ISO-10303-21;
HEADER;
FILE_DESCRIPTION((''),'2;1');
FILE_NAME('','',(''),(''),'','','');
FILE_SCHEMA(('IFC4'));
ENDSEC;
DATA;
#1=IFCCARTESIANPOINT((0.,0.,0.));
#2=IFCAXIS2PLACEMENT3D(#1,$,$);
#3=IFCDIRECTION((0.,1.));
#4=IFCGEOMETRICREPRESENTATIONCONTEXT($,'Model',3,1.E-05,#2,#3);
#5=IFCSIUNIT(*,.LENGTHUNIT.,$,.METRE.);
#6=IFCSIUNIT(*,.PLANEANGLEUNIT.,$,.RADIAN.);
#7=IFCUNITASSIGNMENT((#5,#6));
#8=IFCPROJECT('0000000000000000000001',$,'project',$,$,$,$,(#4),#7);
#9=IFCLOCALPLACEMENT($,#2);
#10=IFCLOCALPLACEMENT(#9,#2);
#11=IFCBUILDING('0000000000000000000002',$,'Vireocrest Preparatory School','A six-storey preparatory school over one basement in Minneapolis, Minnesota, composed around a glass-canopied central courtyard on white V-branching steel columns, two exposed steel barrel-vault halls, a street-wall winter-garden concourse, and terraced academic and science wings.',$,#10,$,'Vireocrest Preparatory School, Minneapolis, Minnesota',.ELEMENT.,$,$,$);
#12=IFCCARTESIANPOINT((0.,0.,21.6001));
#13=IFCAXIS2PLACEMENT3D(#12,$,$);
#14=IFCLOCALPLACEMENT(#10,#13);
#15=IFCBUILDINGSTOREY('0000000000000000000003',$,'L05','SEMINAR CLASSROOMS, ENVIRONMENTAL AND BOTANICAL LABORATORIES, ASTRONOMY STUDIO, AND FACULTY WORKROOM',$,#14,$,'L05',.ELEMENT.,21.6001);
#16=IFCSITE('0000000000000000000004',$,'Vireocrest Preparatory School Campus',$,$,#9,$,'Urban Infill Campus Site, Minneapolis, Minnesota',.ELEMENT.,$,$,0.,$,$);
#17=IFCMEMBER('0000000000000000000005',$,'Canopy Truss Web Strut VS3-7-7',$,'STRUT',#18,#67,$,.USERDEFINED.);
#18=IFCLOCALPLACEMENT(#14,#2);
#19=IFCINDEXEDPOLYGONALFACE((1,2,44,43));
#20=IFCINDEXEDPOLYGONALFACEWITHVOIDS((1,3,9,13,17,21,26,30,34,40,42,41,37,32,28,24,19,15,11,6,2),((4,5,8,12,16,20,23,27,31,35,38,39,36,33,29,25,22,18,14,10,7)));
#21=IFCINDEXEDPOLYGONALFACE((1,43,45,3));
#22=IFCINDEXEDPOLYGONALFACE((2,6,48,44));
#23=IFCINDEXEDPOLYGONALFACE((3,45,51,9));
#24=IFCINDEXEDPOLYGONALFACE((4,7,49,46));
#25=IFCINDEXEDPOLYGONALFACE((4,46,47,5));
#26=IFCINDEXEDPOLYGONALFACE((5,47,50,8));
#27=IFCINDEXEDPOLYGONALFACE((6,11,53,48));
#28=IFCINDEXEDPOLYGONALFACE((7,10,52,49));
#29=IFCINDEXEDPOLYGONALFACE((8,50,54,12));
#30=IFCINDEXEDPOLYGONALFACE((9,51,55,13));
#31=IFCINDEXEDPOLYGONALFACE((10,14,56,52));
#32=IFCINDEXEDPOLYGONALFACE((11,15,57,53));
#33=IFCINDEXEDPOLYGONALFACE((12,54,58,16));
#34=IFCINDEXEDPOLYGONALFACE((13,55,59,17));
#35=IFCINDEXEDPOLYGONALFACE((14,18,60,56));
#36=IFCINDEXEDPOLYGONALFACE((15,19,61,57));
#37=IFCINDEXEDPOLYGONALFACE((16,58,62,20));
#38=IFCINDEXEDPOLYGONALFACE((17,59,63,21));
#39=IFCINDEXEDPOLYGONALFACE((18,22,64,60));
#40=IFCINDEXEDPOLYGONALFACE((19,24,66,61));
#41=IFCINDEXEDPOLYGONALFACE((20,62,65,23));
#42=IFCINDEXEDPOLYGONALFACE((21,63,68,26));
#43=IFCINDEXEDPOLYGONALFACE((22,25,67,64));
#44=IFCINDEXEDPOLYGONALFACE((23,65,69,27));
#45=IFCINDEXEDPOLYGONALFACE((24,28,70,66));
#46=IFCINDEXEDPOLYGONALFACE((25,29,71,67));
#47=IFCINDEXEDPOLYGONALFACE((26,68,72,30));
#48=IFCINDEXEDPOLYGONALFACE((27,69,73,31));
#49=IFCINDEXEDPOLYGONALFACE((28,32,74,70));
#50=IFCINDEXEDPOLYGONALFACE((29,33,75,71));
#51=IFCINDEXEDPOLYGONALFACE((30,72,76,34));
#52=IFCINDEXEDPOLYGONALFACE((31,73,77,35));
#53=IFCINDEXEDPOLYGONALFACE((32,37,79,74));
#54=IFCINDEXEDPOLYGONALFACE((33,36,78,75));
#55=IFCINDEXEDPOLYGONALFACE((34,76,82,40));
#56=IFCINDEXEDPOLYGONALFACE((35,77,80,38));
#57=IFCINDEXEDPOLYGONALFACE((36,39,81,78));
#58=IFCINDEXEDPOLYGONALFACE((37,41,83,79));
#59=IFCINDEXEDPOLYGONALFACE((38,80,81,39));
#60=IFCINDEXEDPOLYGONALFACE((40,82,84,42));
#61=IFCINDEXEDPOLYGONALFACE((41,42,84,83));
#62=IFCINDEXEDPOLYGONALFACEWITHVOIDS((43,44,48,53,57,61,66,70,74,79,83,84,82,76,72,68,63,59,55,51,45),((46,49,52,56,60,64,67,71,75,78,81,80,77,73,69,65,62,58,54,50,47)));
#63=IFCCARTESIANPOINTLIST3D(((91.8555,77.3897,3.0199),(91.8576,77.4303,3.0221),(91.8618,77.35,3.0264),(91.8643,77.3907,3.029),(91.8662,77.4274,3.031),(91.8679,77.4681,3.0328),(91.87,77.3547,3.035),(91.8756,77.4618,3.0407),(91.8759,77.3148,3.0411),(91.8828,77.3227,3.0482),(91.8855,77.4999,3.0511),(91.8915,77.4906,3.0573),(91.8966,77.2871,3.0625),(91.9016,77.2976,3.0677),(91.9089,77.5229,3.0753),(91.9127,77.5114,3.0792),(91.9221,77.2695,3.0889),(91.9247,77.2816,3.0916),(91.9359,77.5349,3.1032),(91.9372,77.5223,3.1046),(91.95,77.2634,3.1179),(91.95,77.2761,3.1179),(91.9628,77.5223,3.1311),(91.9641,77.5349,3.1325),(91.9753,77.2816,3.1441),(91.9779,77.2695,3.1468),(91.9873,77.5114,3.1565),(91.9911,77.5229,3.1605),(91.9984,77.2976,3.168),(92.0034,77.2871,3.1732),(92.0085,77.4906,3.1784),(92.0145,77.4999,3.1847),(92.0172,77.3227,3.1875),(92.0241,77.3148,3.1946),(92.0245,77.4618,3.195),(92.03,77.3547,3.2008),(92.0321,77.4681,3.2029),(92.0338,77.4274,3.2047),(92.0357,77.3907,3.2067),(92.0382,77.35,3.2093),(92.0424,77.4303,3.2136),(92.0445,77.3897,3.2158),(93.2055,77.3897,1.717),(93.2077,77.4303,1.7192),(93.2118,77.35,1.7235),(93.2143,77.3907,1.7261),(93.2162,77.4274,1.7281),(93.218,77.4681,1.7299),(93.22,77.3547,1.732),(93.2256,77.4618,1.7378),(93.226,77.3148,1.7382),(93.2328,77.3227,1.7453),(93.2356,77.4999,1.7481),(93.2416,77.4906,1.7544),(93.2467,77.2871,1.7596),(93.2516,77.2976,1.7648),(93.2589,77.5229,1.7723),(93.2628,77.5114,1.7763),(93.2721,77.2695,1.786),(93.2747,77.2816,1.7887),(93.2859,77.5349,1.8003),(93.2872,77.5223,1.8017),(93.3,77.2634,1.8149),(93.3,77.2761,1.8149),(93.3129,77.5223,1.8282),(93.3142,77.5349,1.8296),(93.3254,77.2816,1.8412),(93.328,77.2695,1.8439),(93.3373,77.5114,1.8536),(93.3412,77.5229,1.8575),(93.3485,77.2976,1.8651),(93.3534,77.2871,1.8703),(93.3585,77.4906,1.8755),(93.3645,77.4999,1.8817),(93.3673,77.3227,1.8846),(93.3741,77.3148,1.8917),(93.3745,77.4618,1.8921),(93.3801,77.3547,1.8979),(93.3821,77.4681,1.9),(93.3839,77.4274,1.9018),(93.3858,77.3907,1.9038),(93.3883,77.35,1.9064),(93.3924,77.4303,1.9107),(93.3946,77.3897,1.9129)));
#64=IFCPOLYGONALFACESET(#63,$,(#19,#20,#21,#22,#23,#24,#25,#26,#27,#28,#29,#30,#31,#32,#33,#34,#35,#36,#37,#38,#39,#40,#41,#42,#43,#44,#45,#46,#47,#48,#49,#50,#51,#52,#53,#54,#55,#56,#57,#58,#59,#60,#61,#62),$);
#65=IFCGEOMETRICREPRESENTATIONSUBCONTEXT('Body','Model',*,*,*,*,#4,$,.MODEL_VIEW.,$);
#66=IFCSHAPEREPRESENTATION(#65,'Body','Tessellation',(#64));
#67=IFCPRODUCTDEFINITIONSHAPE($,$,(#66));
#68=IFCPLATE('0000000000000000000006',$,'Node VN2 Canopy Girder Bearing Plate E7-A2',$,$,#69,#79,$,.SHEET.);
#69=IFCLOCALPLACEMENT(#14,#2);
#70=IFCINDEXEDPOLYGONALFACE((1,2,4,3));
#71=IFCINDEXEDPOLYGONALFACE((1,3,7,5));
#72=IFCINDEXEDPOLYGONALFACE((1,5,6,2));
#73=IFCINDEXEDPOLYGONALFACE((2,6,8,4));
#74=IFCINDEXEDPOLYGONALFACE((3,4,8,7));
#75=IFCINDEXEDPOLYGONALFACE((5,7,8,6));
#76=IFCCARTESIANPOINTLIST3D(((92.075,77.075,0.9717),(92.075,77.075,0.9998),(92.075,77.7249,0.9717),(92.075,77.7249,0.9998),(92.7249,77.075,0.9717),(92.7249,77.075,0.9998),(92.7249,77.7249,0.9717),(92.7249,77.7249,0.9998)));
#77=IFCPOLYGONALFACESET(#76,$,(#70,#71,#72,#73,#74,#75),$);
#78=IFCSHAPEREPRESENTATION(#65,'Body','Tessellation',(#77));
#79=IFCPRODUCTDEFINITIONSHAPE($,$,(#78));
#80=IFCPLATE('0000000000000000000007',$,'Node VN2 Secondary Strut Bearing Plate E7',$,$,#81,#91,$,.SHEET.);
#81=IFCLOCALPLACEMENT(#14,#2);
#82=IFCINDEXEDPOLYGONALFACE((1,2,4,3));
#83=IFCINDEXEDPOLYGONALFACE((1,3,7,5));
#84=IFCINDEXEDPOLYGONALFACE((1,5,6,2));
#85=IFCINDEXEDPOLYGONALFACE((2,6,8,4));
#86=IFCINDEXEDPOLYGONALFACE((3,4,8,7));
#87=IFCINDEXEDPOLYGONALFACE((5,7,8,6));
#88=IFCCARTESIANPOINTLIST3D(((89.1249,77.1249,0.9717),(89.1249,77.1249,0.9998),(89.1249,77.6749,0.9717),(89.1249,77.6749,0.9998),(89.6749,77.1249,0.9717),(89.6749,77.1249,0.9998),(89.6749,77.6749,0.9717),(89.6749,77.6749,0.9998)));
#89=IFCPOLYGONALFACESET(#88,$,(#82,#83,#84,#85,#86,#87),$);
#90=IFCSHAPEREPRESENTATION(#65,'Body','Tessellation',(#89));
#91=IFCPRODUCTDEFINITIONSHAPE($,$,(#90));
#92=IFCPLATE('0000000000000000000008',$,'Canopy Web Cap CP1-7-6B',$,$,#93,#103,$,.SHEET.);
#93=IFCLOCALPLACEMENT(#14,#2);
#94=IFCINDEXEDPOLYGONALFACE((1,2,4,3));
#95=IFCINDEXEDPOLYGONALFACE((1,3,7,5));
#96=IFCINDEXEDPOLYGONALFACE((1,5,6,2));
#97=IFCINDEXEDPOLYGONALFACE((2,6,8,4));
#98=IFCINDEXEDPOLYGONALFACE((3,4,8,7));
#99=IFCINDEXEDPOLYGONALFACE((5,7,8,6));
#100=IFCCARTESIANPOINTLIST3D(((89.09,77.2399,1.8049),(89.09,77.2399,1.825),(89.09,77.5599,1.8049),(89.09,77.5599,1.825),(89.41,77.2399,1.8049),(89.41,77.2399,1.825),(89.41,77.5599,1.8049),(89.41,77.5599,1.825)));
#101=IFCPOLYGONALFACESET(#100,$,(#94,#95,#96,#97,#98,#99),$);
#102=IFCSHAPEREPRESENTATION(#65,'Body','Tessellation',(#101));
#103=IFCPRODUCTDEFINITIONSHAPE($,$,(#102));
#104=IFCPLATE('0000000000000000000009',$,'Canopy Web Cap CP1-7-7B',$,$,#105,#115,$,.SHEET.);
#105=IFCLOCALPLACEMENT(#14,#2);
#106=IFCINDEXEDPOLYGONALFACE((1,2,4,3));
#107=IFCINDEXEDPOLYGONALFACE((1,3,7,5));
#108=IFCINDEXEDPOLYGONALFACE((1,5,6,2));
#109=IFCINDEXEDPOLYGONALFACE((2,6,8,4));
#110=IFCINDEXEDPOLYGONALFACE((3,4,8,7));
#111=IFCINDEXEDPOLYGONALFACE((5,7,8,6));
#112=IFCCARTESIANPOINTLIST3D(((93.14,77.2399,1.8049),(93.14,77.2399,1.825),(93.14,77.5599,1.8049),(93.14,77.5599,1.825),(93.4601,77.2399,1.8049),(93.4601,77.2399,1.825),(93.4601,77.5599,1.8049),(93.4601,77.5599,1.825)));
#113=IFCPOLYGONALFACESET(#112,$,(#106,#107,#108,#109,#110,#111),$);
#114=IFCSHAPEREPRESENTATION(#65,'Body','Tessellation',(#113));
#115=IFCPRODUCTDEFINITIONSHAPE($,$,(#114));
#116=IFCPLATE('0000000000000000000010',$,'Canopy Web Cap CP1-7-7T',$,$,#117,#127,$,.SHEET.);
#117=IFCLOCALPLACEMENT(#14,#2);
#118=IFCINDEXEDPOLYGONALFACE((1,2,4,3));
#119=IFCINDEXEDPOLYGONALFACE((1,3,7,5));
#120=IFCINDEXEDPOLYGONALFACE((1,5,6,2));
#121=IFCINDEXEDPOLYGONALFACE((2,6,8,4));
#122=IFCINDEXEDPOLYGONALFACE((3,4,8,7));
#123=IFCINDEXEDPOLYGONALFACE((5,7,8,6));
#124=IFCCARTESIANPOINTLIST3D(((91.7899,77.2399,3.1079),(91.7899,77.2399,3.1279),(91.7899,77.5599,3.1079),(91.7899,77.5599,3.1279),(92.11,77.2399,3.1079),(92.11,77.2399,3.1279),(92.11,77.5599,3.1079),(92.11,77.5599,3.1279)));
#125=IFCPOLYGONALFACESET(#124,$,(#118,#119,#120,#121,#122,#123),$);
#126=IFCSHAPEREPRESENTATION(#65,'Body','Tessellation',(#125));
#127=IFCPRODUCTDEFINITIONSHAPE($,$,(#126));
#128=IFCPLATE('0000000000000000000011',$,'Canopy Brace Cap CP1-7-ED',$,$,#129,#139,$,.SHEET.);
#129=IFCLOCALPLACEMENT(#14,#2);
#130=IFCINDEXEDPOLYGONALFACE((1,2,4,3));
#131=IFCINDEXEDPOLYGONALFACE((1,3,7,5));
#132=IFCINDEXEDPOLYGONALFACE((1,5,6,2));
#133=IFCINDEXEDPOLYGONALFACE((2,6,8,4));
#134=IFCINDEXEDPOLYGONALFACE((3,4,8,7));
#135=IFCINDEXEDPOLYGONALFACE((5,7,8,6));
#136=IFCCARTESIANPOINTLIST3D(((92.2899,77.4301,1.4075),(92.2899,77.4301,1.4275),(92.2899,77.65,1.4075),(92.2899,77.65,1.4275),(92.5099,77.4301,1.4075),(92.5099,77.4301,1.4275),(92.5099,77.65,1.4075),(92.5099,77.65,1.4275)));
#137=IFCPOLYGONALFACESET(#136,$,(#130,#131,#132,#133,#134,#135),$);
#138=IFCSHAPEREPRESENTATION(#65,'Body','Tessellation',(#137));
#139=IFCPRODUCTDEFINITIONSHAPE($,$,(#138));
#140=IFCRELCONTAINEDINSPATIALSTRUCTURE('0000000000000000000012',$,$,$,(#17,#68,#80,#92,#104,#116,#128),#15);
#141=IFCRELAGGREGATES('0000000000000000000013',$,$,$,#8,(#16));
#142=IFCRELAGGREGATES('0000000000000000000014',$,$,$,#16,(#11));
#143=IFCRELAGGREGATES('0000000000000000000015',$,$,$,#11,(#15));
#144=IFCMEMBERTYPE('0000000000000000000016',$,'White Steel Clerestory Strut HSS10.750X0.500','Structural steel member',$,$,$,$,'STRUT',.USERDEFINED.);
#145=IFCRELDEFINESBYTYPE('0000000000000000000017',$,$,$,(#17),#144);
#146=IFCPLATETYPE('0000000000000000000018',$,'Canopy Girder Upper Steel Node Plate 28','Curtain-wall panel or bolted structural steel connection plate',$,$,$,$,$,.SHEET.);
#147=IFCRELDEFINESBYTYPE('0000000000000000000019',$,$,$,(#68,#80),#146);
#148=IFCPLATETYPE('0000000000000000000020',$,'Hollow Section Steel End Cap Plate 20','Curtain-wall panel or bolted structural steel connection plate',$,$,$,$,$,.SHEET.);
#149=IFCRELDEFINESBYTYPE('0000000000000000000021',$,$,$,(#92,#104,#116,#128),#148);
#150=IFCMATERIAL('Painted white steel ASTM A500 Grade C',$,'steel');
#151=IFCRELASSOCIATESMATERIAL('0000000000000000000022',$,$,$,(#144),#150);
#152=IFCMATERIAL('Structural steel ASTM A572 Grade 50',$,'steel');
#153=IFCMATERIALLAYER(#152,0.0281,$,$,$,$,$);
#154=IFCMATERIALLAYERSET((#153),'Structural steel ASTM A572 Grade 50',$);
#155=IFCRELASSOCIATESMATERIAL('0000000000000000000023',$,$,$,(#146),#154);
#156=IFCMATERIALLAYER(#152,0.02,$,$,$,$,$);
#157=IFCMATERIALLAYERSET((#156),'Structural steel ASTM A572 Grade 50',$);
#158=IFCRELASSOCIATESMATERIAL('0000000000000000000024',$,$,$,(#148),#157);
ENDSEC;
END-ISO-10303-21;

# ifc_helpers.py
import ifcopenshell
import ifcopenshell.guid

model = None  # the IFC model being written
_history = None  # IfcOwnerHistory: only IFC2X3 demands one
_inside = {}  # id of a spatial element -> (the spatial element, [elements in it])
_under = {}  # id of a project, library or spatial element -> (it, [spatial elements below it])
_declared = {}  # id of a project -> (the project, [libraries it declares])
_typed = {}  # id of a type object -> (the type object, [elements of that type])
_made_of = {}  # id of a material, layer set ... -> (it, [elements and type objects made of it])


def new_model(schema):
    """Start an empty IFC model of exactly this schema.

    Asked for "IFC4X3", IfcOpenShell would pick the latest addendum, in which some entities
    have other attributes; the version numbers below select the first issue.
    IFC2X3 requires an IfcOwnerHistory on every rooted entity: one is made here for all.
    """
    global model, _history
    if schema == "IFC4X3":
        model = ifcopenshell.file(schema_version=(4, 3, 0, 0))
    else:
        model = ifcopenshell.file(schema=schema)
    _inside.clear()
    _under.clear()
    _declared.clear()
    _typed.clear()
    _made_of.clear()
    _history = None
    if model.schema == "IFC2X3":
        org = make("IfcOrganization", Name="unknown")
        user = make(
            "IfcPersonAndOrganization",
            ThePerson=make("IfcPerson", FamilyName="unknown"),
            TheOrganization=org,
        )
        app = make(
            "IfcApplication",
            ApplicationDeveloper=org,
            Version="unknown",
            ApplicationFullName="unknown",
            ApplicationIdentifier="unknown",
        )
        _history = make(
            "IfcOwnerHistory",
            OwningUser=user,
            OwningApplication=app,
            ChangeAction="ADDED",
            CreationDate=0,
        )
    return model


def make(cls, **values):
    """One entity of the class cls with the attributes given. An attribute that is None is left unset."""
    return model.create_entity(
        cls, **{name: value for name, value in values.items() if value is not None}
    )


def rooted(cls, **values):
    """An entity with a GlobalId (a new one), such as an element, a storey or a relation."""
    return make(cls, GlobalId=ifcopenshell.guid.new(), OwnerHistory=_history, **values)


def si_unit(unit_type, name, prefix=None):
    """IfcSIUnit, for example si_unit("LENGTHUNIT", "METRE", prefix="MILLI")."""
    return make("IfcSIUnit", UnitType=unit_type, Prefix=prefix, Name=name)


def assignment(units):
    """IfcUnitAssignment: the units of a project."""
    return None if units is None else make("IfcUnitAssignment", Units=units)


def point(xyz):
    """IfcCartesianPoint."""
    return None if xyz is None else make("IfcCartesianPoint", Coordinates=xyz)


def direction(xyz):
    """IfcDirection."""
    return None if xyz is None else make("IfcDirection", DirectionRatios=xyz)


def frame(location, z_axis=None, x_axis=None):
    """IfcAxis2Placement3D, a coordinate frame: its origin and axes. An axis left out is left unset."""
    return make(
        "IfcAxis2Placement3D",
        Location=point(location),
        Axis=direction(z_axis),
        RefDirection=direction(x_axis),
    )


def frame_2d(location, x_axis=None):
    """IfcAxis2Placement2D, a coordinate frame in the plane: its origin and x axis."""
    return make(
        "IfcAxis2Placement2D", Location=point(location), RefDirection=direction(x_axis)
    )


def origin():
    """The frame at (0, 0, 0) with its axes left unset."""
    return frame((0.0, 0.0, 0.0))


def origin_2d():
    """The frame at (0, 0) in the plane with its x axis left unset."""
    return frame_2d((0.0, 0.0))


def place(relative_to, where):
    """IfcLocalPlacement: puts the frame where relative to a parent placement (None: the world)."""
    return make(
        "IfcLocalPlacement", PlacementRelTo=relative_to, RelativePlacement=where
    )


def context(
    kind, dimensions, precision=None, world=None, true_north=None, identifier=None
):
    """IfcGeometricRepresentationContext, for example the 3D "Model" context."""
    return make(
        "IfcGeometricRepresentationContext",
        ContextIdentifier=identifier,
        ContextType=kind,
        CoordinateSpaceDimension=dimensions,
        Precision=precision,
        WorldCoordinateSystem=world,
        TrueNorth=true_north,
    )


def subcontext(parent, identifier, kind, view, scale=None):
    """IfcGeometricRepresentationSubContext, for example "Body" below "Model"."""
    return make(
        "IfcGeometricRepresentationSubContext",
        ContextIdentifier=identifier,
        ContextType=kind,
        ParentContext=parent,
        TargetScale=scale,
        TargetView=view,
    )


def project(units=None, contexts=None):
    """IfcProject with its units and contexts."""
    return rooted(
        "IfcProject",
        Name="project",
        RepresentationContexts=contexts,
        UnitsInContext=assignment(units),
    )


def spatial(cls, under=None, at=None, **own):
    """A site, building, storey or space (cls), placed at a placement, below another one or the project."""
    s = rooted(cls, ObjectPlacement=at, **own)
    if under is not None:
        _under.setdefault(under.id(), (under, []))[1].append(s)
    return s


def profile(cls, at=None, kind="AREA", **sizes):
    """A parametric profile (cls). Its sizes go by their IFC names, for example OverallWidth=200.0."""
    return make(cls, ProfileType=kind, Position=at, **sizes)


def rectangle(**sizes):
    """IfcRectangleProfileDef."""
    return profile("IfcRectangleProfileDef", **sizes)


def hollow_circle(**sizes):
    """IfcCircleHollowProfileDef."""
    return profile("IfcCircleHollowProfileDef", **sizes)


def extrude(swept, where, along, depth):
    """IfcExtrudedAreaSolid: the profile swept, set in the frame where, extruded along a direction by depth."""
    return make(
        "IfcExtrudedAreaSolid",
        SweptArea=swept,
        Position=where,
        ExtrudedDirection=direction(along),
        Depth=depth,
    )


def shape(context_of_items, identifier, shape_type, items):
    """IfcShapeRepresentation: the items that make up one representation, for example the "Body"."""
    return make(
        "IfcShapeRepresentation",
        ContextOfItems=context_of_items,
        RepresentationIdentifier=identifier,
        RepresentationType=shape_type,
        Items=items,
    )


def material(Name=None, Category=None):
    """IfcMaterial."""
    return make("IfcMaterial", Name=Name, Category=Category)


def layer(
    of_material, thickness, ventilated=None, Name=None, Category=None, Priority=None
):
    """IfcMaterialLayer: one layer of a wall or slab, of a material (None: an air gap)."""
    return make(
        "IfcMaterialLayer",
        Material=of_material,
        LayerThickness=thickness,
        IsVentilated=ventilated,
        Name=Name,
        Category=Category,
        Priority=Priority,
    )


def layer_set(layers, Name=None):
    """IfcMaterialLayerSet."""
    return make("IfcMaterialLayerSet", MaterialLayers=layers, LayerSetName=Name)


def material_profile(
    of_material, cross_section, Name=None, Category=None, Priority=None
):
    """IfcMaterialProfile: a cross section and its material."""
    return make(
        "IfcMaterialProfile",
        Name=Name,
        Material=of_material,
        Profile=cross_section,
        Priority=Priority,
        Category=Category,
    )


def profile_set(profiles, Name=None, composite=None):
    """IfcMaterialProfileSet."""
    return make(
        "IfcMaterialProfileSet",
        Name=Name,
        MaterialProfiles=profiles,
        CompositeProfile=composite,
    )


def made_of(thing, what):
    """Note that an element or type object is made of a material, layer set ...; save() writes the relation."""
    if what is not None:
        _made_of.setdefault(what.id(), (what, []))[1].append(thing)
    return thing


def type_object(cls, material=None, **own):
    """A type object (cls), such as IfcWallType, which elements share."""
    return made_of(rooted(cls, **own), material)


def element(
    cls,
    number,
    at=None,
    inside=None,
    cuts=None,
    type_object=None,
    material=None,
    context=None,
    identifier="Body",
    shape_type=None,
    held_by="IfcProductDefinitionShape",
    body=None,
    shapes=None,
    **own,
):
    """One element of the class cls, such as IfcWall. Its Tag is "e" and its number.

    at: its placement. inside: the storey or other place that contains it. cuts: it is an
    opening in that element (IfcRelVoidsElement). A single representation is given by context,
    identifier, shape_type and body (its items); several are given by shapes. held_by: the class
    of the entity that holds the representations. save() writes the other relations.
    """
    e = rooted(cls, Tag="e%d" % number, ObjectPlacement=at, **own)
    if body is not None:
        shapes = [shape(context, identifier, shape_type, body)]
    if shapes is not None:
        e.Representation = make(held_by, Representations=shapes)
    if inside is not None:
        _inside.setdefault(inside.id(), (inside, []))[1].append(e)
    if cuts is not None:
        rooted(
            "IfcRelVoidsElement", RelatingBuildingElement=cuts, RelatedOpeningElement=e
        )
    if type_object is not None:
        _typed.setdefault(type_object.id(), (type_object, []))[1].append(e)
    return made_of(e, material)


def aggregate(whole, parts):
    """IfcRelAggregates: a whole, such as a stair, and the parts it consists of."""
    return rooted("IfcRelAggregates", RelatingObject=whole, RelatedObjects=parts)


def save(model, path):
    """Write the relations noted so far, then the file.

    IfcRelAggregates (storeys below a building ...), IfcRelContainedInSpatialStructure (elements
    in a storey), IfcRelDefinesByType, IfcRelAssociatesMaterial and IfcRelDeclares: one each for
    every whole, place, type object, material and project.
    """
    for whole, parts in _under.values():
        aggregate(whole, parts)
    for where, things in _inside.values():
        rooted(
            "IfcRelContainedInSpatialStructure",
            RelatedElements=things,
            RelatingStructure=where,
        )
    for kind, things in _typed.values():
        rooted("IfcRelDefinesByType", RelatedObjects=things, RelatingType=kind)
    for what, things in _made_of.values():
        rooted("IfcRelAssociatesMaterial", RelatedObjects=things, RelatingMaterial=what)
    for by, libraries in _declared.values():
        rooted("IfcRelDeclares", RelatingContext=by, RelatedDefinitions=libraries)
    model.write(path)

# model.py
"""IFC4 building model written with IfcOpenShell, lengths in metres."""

from ifc_helpers import new_model, si_unit, direction, frame, origin, origin_2d, place, context, subcontext, project, spatial, rectangle, hollow_circle, extrude, material, layer, layer_set, material_profile, profile_set, type_object, element, save


model = new_model("IFC4")

# Units and contexts
model_context = context("Model", 3, precision=1e-05, world=origin(), true_north=direction((0.0, 1.0)))
body_context = subcontext(model_context, "Body", "Model", "MODEL_VIEW")
ifc_project = project(units=[si_unit("LENGTHUNIT", "METRE"), si_unit("PLANEANGLEUNIT", "RADIAN")], contexts=[model_context])

# Site, building, storey
site_placement = place(None, origin())
site = spatial("IfcSite", under=ifc_project, at=site_placement, Name="Vireocrest Preparatory School Campus", LongName="Urban Infill Campus Site, Minneapolis, Minnesota", CompositionType="ELEMENT", RefElevation=0.0)
building_placement = place(site_placement, origin())
building = spatial("IfcBuilding", under=site, at=building_placement, Name="Vireocrest Preparatory School", Description="A six-storey preparatory school over one basement in Minneapolis, Minnesota, composed around a glass-canopied central courtyard on white V-branching steel columns, two exposed steel barrel-vault halls, a street-wall winter-garden concourse, and terraced academic and science wings.", LongName="Vireocrest Preparatory School, Minneapolis, Minnesota", CompositionType="ELEMENT")
storey_placement = place(building_placement, frame((0.0, 0.0, 21.6001)))
storey = spatial("IfcBuildingStorey", under=building, at=storey_placement, Name="L05", Description="SEMINAR CLASSROOMS, ENVIRONMENTAL AND BOTANICAL LABORATORIES, ASTRONOMY STUDIO, AND FACULTY WORKROOM", LongName="L05", CompositionType="ELEMENT", Elevation=21.6001)

# Shared definitions
ifc_material_1 = material(Name="Painted white steel ASTM A500 Grade C", Category="steel")

# Member
ifc_material_profile_1 = material_profile(ifc_material_1, hollow_circle(Radius=0.1365, WallThickness=0.0127, at=origin_2d()), Name="HSS10.750X0.500")
ifc_profile_set_1 = profile_set([ifc_material_profile_1], Name="Painted white steel ASTM A500 Grade C")
member_type_1 = type_object("IfcMemberType", Name="White Steel Clerestory Strut HSS10.750X0.500", Description="Structural steel member", ElementType="STRUT", PredefinedType="USERDEFINED", material=ifc_profile_set_1)
member_1_placement = place(storey_placement, frame((93.3, 77.3999, 1.8149), z_axis=(-0.719552, 0.0, 0.694439), x_axis=(0.0, -1.0, 0.0)))
element("IfcMember", 1, at=member_1_placement, inside=storey, type_object=member_type_1, Name="Canopy Truss Web Strut VS3-7-7", ObjectType="STRUT", PredefinedType="USERDEFINED", context=body_context, shape_type="SweptSolid", body=[
    extrude(hollow_circle(Radius=0.1365, WallThickness=0.0127, at=origin_2d()), origin(), (0.0, 0.0, 1.0), 1.8762),
])

# Plates
ifc_material_2 = material(Name="Structural steel ASTM A572 Grade 50", Category="steel")
ifc_layer_1 = layer(ifc_material_2, 0.0281)
ifc_layer_set_1 = layer_set([ifc_layer_1], Name="Structural steel ASTM A572 Grade 50")
plate_type_1 = type_object("IfcPlateType", Name="Canopy Girder Upper Steel Node Plate 28", Description="Curtain-wall panel or bolted structural steel connection plate", PredefinedType="SHEET", material=ifc_layer_set_1)
plate_1_placement = place(storey_placement, frame((92.3999, 77.3999, 0.9717), z_axis=(0.0, 0.0, 1.0), x_axis=(1.0, 0.0, 0.0)))
element("IfcPlate", 2, at=plate_1_placement, inside=storey, type_object=plate_type_1, Name="Node VN2 Canopy Girder Bearing Plate E7-A2", PredefinedType="SHEET", context=body_context, shape_type="SweptSolid", body=[
    extrude(rectangle(XDim=0.6499, YDim=0.6499, at=origin_2d()), origin(), (0.0, 0.0, 1.0), 0.0281),
])
plate_2_placement = place(storey_placement, frame((89.3999, 77.3999, 0.9717), z_axis=(0.0, 0.0, 1.0), x_axis=(1.0, 0.0, 0.0)))
element("IfcPlate", 3, at=plate_2_placement, inside=storey, type_object=plate_type_1, Name="Node VN2 Secondary Strut Bearing Plate E7", PredefinedType="SHEET", context=body_context, shape_type="SweptSolid", body=[
    extrude(rectangle(XDim=0.55, YDim=0.55, at=origin_2d()), origin(), (0.0, 0.0, 1.0), 0.0281),
])
ifc_layer_2 = layer(ifc_material_2, 0.02)
ifc_layer_set_2 = layer_set([ifc_layer_2], Name="Structural steel ASTM A572 Grade 50")
plate_type_2 = type_object("IfcPlateType", Name="Hollow Section Steel End Cap Plate 20", Description="Curtain-wall panel or bolted structural steel connection plate", PredefinedType="SHEET", material=ifc_layer_set_2)
for number, where, z_axis, x_axis, name in (
    (4, (89.25, 77.3999, 1.8049), (0.0, 0.0, 1.0), (1.0, 0.0, 0.0), "Canopy Web Cap CP1-7-6B"),
    (5, (93.3, 77.3999, 1.8049), (0.0, 0.0, 1.0), (1.0, 0.0, 0.0), "Canopy Web Cap CP1-7-7B"),
    (6, (91.95, 77.3999, 3.1079), (0.0, 0.0, 1.0), (1.0, 0.0, 0.0), "Canopy Web Cap CP1-7-7T"),
):
    element("IfcPlate", number, at=place(storey_placement, frame(where, z_axis=z_axis, x_axis=x_axis)), inside=storey, type_object=plate_type_2, Name=name, PredefinedType="SHEET", context=body_context, shape_type="SweptSolid", body=[
        extrude(rectangle(XDim=0.3201, YDim=0.3201, at=origin_2d()), origin(), (0.0, 0.0, 1.0), 0.02),
    ])
plate_3_placement = place(storey_placement, frame((92.3999, 77.54, 1.4075), z_axis=(0.0, 0.0, 1.0), x_axis=(1.0, 0.0, 0.0)))
element("IfcPlate", 7, at=plate_3_placement, inside=storey, type_object=plate_type_2, Name="Canopy Brace Cap CP1-7-ED", PredefinedType="SHEET", context=body_context, shape_type="SweptSolid", body=[
    extrude(rectangle(XDim=0.22, YDim=0.22, at=origin_2d()), origin(), (0.0, 0.0, 1.0), 0.02),
])

save(model, "model.ifc")
